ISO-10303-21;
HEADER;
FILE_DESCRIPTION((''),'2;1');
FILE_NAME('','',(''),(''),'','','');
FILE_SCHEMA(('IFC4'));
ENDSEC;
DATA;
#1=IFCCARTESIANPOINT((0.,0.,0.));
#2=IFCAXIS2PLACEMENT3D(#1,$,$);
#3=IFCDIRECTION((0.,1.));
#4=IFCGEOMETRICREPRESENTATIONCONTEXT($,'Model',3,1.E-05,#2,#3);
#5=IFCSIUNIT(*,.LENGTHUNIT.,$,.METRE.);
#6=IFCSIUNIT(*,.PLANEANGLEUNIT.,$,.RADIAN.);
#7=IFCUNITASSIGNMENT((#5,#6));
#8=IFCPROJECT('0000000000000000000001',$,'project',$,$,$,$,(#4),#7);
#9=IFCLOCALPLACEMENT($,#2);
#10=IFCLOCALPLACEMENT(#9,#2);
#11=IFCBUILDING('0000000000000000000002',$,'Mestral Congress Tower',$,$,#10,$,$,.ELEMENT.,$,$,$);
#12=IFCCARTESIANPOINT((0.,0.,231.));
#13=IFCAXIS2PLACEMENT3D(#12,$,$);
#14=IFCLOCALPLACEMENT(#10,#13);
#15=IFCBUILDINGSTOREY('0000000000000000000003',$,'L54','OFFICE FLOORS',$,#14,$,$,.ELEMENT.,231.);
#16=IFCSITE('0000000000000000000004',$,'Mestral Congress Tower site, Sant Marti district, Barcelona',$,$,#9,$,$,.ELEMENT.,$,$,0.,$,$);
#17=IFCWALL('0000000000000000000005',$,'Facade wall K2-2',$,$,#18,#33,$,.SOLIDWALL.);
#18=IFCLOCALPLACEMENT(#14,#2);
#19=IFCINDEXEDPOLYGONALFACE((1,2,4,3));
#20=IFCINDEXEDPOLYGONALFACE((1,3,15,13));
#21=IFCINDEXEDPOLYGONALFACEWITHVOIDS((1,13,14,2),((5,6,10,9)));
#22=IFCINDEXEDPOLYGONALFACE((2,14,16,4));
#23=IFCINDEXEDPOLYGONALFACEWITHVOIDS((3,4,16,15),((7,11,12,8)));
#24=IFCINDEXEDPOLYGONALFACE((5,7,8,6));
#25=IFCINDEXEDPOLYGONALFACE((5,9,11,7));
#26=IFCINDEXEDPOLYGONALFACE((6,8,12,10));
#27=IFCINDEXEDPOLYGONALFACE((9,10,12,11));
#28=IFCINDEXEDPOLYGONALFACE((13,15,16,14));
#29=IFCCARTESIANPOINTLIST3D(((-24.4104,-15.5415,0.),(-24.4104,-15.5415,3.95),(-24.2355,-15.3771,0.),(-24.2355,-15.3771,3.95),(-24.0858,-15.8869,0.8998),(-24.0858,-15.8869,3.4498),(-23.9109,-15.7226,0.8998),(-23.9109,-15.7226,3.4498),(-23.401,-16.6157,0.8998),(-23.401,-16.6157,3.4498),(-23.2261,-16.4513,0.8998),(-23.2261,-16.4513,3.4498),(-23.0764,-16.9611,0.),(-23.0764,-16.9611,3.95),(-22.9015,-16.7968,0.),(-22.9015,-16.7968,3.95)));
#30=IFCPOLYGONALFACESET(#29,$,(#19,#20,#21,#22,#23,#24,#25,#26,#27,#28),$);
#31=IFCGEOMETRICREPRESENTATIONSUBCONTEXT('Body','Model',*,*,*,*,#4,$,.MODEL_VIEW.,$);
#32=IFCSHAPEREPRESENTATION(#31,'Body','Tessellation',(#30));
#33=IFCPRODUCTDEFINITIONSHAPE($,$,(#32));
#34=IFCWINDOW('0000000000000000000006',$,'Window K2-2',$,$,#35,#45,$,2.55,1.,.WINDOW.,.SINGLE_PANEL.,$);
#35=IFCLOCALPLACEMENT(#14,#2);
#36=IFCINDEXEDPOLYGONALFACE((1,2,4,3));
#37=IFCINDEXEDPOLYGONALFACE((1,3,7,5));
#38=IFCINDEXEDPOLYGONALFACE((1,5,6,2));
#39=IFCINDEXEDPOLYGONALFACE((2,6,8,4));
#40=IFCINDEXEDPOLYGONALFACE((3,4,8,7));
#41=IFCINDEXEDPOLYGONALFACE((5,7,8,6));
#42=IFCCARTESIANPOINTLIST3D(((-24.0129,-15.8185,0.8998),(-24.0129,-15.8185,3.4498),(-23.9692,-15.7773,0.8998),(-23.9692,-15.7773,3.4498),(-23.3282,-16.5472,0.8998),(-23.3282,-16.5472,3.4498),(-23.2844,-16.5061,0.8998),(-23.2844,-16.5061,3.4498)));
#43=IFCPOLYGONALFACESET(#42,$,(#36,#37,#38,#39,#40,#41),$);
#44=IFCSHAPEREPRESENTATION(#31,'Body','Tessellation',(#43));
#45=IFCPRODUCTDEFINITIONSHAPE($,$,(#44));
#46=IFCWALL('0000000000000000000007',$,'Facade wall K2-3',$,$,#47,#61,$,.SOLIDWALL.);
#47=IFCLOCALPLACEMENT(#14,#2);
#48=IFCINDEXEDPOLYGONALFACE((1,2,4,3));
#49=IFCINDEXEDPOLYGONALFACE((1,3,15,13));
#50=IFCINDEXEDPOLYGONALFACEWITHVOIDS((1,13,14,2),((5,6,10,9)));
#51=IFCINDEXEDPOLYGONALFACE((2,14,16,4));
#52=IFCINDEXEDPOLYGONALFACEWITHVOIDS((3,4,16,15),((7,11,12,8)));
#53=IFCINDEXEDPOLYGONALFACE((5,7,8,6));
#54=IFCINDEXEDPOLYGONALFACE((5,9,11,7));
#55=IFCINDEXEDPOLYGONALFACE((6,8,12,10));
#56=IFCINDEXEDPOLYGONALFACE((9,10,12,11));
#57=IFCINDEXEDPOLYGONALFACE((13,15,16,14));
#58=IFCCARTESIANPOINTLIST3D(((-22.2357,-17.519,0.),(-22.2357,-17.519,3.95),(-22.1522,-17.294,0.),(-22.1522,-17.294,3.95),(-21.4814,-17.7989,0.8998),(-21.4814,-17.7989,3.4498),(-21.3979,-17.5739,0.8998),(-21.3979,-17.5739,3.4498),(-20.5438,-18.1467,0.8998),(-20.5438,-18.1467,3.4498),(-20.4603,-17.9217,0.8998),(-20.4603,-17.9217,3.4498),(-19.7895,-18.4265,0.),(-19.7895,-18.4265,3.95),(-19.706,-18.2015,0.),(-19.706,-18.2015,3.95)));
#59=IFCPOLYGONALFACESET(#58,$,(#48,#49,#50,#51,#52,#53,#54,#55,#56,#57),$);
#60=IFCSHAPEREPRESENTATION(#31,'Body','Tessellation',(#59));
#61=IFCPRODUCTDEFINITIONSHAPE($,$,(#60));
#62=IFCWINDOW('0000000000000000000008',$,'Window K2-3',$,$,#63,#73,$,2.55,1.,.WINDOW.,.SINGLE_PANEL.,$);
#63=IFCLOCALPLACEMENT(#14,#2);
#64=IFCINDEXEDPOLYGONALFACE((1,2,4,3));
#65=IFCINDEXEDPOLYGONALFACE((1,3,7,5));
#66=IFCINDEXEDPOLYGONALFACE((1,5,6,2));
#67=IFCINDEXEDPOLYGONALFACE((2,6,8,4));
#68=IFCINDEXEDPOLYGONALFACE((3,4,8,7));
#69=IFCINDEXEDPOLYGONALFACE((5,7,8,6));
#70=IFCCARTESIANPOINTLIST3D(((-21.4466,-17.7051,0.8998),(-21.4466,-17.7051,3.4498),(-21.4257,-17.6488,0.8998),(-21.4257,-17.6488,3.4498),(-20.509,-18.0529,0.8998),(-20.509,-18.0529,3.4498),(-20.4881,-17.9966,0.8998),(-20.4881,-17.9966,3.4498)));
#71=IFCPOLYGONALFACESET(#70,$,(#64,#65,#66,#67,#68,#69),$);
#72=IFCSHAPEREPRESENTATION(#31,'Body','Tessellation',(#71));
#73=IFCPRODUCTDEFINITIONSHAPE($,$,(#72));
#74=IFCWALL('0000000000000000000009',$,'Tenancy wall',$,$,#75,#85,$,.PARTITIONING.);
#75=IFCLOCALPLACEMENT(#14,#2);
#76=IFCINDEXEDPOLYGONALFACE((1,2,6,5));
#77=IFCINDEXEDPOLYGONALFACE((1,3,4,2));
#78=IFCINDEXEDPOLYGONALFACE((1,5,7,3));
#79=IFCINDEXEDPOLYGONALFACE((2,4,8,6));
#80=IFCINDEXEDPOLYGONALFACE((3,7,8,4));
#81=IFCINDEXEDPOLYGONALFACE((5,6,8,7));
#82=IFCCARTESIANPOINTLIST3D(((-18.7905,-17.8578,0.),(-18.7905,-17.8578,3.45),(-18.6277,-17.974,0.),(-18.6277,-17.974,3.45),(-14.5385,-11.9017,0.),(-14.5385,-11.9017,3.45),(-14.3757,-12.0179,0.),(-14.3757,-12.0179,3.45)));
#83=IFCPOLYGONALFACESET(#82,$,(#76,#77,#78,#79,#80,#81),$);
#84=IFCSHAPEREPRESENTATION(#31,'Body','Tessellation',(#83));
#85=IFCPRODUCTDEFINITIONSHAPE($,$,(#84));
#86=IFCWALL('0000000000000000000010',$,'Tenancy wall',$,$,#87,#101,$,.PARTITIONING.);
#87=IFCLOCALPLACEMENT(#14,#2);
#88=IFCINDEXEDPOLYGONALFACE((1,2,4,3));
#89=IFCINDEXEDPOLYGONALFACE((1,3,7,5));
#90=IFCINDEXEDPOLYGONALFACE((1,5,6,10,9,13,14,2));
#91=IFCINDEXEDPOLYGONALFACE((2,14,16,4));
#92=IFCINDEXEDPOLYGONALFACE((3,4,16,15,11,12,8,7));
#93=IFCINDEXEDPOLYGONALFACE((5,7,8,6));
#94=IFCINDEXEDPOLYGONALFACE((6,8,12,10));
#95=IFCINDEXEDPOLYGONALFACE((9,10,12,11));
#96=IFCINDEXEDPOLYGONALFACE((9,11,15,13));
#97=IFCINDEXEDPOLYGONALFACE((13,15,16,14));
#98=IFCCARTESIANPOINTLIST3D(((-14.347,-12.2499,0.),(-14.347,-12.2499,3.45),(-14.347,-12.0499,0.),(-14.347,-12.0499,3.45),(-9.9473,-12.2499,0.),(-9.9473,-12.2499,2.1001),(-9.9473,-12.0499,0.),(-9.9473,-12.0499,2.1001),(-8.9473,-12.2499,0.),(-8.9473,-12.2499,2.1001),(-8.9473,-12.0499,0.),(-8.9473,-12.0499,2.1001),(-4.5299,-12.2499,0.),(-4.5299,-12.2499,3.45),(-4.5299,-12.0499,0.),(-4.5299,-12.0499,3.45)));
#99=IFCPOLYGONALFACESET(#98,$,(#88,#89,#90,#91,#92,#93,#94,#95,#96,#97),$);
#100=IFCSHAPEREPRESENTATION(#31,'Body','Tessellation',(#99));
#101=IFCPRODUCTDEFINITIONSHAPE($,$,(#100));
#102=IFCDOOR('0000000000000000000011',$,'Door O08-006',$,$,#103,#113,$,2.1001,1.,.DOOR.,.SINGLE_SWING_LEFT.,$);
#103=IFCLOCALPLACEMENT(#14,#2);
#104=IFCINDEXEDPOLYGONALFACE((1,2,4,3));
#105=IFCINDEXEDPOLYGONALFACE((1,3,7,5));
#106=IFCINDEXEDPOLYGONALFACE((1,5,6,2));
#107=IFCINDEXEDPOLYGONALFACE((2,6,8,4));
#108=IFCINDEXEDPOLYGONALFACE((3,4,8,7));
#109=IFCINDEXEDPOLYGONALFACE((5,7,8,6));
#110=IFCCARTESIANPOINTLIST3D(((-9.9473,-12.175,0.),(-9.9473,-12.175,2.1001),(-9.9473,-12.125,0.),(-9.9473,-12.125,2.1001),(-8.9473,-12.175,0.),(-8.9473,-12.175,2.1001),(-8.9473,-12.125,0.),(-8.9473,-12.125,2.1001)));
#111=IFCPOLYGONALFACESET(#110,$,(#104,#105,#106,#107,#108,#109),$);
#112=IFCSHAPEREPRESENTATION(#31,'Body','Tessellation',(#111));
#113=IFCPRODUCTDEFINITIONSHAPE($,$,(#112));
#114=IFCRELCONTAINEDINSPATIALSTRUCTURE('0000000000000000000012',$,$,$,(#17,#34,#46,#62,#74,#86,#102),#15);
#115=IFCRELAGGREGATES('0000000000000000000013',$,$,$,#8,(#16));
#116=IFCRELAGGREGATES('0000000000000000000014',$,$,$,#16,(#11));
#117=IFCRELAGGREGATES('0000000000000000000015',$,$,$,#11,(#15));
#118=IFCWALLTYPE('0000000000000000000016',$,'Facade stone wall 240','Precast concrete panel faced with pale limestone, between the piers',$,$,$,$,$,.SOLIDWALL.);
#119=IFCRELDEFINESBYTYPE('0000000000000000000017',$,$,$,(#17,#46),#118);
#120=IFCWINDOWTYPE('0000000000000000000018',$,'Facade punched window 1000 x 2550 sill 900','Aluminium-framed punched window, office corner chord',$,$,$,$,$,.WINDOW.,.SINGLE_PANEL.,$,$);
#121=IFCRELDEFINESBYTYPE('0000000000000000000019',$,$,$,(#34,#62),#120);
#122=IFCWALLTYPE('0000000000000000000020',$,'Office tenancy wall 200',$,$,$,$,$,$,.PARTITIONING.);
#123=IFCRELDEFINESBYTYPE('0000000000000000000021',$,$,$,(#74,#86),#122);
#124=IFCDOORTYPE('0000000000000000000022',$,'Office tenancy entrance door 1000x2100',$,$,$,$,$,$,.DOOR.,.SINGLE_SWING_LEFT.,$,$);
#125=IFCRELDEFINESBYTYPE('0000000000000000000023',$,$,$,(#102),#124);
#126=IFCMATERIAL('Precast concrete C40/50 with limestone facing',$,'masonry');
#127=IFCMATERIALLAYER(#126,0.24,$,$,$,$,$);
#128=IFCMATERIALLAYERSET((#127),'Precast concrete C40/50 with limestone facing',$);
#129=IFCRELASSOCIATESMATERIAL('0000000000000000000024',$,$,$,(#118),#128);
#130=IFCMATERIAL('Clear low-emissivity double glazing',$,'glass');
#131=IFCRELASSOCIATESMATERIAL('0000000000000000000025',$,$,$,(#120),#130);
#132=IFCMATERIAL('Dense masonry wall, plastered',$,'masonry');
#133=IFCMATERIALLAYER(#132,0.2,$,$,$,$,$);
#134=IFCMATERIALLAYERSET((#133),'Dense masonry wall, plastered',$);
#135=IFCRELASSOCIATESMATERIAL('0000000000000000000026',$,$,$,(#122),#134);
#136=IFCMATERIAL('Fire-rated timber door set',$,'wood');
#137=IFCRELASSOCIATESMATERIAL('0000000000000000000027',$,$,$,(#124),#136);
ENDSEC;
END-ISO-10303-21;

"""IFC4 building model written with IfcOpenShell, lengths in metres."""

from ifc_helpers import new_model, si_unit, direction, frame, frame_2d, origin, place, context, subcontext, project, spatial, rectangle, extrude, material, layer, layer_set, type_object, element, fill, save


model = new_model("IFC4")

# Units and contexts
model_context = context("Model", 3, precision=1e-05, world=origin(), true_north=direction((0.0, 1.0)))
body_context = subcontext(model_context, "Body", "Model", "MODEL_VIEW")
ifc_project = project(units=[si_unit("LENGTHUNIT", "METRE"), si_unit("PLANEANGLEUNIT", "RADIAN")], contexts=[model_context])

# Site, building, storey
site_placement = place(None, origin())
site = spatial("IfcSite", under=ifc_project, at=site_placement, Name="Mestral Congress Tower site, Sant Marti district, Barcelona", CompositionType="ELEMENT", RefElevation=0.0)
building_placement = place(site_placement, origin())
building = spatial("IfcBuilding", under=site, at=building_placement, Name="Mestral Congress Tower", CompositionType="ELEMENT")
storey_placement = place(building_placement, frame((0.0, 0.0, 231.0)))
storey = spatial("IfcBuildingStorey", under=building, at=storey_placement, Name="L54", Description="OFFICE FLOORS", CompositionType="ELEMENT", Elevation=231.0)

# Shared definitions
ifc_material_1 = material(Name="Precast concrete C40/50 with limestone facing", Category="masonry")
ifc_layer_1 = layer(ifc_material_1, 0.24)
ifc_layer_set_1 = layer_set([ifc_layer_1], Name="Precast concrete C40/50 with limestone facing")
wall_type_1 = type_object("IfcWallType", Name="Facade stone wall 240", Description="Precast concrete panel faced with pale limestone, between the piers", PredefinedType="SOLIDWALL", material=ifc_layer_set_1)
ifc_material_2 = material(Name="Clear low-emissivity double glazing", Category="glass")

# Walls, openings, windows
window_type_1 = type_object("IfcWindowType", Name="Facade punched window 1000 x 2550 sill 900", Description="Aluminium-framed punched window, office corner chord", PartitioningType="SINGLE_PANEL", PredefinedType="WINDOW", material=ifc_material_2)
wall_1_placement = place(storey_placement, frame((-24.323, -15.4592, 0.0), z_axis=(0.0, 0.0, 1.0), x_axis=(0.68477, -0.728759, 0.0)))
wall_1 = element("IfcWall", 1, at=wall_1_placement, inside=storey, type_object=wall_type_1, Name="Facade wall K2-2", PredefinedType="SOLIDWALL", context=body_context, shape_type="SweptSolid", body=[
    extrude(rectangle(XDim=1.948, YDim=0.24, at=frame_2d((0.9741, 0.0))), origin(), (0.0, 0.0, 1.0), 3.95),
])
opening_1_placement = place(wall_1_placement, frame((0.4741, 0.0, 0.8999)))
opening_1 = element("IfcOpeningElement", 2, at=opening_1_placement, cuts=wall_1, PredefinedType="OPENING", context=body_context, shape_type="SweptSolid", body=[
    extrude(rectangle(XDim=1.0, YDim=2.55, at=frame_2d((0.5, 1.2749))), frame((0.0, 0.1299, 0.0), z_axis=(0.0, -1.0, 0.0), x_axis=(1.0, 0.0, 0.0)), (0.0, 0.0, 1.0), 0.26),
])
window_1_placement = place(opening_1_placement, origin())
window_1 = element("IfcWindow", 3, at=window_1_placement, inside=storey, type_object=window_type_1, Name="Window K2-2", OverallHeight=2.55, OverallWidth=1.0, PartitioningType="SINGLE_PANEL", PredefinedType="WINDOW", context=body_context, shape_type="SweptSolid", body=[
    extrude(rectangle(XDim=1.0, YDim=2.55, at=frame_2d((0.5, 1.2749))), frame((0.0, 0.04, 0.0), z_axis=(0.0, -1.0, 0.0), x_axis=(1.0, 0.0, 0.0)), (0.0, 0.0, 1.0), 0.0601),
])
fill(opening_1, window_1)
wall_2_placement = place(storey_placement, frame((-22.1941, -17.4065, 0.0), z_axis=(0.0, 0.0, 1.0), x_axis=(0.937569, -0.347799, 0.0)))
wall_2 = element("IfcWall", 4, at=wall_2_placement, inside=storey, type_object=wall_type_1, Name="Facade wall K2-3", PredefinedType="SOLIDWALL", context=body_context, shape_type="SweptSolid", body=[
    extrude(rectangle(XDim=2.6091, YDim=0.24, at=frame_2d((1.3047, 0.0))), origin(), (0.0, 0.0, 1.0), 3.95),
])
opening_2_placement = place(wall_2_placement, frame((0.8047, 0.0, 0.8999)))
opening_2 = element("IfcOpeningElement", 5, at=opening_2_placement, cuts=wall_2, PredefinedType="OPENING", context=body_context, shape_type="SweptSolid", body=[
    extrude(rectangle(XDim=1.0, YDim=2.55, at=frame_2d((0.5, 1.2749))), frame((0.0, 0.1299, 0.0), z_axis=(0.0, -1.0, 0.0), x_axis=(1.0, 0.0, 0.0)), (0.0, 0.0, 1.0), 0.26),
])
window_2_placement = place(opening_2_placement, origin())
window_2 = element("IfcWindow", 6, at=window_2_placement, inside=storey, type_object=window_type_1, Name="Window K2-3", OverallHeight=2.55, OverallWidth=1.0, PartitioningType="SINGLE_PANEL", PredefinedType="WINDOW", context=body_context, shape_type="SweptSolid", body=[
    extrude(rectangle(XDim=1.0, YDim=2.55, at=frame_2d((0.5, 1.2749))), frame((0.0, 0.04, 0.0), z_axis=(0.0, -1.0, 0.0), x_axis=(1.0, 0.0, 0.0)), (0.0, 0.0, 1.0), 0.0601),
])
fill(opening_2, window_2)

# Wall
ifc_material_3 = material(Name="Dense masonry wall, plastered", Category="masonry")
ifc_layer_2 = layer(ifc_material_3, 0.2)
ifc_layer_set_2 = layer_set([ifc_layer_2], Name="Dense masonry wall, plastered")
wall_type_2 = type_object("IfcWallType", Name="Office tenancy wall 200", PredefinedType="PARTITIONING", material=ifc_layer_set_2)
wall_3_placement = place(storey_placement, frame((-14.457, -11.9597, 0.0), z_axis=(0.0, 0.0, 1.0), x_axis=(-0.581024, -0.813887, 0.0)))
element("IfcWall", 7, at=wall_3_placement, inside=storey, type_object=wall_type_2, Name="Tenancy wall", PredefinedType="PARTITIONING", context=body_context, shape_type="SweptSolid", body=[
    extrude(rectangle(XDim=7.3181, YDim=0.2, at=frame_2d((3.6592, 0.0))), origin(), (0.0, 0.0, 1.0), 3.45),
])

# Wall, opening, door
wall_4_placement = place(storey_placement, frame((-14.3472, -12.1499, 0.0), z_axis=(0.0, 0.0, 1.0), x_axis=(1.0, 0.0, 0.0)))
wall_4 = element("IfcWall", 8, at=wall_4_placement, inside=storey, type_object=wall_type_2, Name="Tenancy wall", PredefinedType="PARTITIONING", context=body_context, shape_type="SweptSolid", body=[
    extrude(rectangle(XDim=9.8171, YDim=0.2, at=frame_2d((4.9087, 0.0))), origin(), (0.0, 0.0, 1.0), 3.45),
])
opening_3_placement = place(wall_4_placement, frame((4.3999, 0.0, 0.0)))
opening_3 = element("IfcOpeningElement", 9, at=opening_3_placement, cuts=wall_4, PredefinedType="OPENING", context=body_context, shape_type="SweptSolid", body=[
    extrude(rectangle(XDim=1.0, YDim=2.1001, at=frame_2d((0.5, 1.05))), frame((0.0, 0.1099, 0.0), z_axis=(0.0, -1.0, 0.0), x_axis=(1.0, 0.0, 0.0)), (0.0, 0.0, 1.0), 0.22),
])
ifc_material_4 = material(Name="Fire-rated timber door set", Category="wood")
door_type = type_object("IfcDoorType", Name="Office tenancy entrance door 1000x2100", OperationType="SINGLE_SWING_LEFT", PredefinedType="DOOR", material=ifc_material_4)
door_placement = place(opening_3_placement, origin())
door = element("IfcDoor", 10, at=door_placement, inside=storey, type_object=door_type, Name="Door O08-006", OperationType="SINGLE_SWING_LEFT", OverallHeight=2.1001, OverallWidth=1.0, PredefinedType="DOOR", context=body_context, shape_type="SweptSolid", body=[
    extrude(rectangle(XDim=1.0, YDim=2.1001, at=frame_2d((0.5, 1.05))), frame((0.0, 0.0249, 0.0), z_axis=(0.0, -1.0, 0.0), x_axis=(1.0, 0.0, 0.0)), (0.0, 0.0, 1.0), 0.05),
])
fill(opening_3, door)

save(model, "model.ifc")
